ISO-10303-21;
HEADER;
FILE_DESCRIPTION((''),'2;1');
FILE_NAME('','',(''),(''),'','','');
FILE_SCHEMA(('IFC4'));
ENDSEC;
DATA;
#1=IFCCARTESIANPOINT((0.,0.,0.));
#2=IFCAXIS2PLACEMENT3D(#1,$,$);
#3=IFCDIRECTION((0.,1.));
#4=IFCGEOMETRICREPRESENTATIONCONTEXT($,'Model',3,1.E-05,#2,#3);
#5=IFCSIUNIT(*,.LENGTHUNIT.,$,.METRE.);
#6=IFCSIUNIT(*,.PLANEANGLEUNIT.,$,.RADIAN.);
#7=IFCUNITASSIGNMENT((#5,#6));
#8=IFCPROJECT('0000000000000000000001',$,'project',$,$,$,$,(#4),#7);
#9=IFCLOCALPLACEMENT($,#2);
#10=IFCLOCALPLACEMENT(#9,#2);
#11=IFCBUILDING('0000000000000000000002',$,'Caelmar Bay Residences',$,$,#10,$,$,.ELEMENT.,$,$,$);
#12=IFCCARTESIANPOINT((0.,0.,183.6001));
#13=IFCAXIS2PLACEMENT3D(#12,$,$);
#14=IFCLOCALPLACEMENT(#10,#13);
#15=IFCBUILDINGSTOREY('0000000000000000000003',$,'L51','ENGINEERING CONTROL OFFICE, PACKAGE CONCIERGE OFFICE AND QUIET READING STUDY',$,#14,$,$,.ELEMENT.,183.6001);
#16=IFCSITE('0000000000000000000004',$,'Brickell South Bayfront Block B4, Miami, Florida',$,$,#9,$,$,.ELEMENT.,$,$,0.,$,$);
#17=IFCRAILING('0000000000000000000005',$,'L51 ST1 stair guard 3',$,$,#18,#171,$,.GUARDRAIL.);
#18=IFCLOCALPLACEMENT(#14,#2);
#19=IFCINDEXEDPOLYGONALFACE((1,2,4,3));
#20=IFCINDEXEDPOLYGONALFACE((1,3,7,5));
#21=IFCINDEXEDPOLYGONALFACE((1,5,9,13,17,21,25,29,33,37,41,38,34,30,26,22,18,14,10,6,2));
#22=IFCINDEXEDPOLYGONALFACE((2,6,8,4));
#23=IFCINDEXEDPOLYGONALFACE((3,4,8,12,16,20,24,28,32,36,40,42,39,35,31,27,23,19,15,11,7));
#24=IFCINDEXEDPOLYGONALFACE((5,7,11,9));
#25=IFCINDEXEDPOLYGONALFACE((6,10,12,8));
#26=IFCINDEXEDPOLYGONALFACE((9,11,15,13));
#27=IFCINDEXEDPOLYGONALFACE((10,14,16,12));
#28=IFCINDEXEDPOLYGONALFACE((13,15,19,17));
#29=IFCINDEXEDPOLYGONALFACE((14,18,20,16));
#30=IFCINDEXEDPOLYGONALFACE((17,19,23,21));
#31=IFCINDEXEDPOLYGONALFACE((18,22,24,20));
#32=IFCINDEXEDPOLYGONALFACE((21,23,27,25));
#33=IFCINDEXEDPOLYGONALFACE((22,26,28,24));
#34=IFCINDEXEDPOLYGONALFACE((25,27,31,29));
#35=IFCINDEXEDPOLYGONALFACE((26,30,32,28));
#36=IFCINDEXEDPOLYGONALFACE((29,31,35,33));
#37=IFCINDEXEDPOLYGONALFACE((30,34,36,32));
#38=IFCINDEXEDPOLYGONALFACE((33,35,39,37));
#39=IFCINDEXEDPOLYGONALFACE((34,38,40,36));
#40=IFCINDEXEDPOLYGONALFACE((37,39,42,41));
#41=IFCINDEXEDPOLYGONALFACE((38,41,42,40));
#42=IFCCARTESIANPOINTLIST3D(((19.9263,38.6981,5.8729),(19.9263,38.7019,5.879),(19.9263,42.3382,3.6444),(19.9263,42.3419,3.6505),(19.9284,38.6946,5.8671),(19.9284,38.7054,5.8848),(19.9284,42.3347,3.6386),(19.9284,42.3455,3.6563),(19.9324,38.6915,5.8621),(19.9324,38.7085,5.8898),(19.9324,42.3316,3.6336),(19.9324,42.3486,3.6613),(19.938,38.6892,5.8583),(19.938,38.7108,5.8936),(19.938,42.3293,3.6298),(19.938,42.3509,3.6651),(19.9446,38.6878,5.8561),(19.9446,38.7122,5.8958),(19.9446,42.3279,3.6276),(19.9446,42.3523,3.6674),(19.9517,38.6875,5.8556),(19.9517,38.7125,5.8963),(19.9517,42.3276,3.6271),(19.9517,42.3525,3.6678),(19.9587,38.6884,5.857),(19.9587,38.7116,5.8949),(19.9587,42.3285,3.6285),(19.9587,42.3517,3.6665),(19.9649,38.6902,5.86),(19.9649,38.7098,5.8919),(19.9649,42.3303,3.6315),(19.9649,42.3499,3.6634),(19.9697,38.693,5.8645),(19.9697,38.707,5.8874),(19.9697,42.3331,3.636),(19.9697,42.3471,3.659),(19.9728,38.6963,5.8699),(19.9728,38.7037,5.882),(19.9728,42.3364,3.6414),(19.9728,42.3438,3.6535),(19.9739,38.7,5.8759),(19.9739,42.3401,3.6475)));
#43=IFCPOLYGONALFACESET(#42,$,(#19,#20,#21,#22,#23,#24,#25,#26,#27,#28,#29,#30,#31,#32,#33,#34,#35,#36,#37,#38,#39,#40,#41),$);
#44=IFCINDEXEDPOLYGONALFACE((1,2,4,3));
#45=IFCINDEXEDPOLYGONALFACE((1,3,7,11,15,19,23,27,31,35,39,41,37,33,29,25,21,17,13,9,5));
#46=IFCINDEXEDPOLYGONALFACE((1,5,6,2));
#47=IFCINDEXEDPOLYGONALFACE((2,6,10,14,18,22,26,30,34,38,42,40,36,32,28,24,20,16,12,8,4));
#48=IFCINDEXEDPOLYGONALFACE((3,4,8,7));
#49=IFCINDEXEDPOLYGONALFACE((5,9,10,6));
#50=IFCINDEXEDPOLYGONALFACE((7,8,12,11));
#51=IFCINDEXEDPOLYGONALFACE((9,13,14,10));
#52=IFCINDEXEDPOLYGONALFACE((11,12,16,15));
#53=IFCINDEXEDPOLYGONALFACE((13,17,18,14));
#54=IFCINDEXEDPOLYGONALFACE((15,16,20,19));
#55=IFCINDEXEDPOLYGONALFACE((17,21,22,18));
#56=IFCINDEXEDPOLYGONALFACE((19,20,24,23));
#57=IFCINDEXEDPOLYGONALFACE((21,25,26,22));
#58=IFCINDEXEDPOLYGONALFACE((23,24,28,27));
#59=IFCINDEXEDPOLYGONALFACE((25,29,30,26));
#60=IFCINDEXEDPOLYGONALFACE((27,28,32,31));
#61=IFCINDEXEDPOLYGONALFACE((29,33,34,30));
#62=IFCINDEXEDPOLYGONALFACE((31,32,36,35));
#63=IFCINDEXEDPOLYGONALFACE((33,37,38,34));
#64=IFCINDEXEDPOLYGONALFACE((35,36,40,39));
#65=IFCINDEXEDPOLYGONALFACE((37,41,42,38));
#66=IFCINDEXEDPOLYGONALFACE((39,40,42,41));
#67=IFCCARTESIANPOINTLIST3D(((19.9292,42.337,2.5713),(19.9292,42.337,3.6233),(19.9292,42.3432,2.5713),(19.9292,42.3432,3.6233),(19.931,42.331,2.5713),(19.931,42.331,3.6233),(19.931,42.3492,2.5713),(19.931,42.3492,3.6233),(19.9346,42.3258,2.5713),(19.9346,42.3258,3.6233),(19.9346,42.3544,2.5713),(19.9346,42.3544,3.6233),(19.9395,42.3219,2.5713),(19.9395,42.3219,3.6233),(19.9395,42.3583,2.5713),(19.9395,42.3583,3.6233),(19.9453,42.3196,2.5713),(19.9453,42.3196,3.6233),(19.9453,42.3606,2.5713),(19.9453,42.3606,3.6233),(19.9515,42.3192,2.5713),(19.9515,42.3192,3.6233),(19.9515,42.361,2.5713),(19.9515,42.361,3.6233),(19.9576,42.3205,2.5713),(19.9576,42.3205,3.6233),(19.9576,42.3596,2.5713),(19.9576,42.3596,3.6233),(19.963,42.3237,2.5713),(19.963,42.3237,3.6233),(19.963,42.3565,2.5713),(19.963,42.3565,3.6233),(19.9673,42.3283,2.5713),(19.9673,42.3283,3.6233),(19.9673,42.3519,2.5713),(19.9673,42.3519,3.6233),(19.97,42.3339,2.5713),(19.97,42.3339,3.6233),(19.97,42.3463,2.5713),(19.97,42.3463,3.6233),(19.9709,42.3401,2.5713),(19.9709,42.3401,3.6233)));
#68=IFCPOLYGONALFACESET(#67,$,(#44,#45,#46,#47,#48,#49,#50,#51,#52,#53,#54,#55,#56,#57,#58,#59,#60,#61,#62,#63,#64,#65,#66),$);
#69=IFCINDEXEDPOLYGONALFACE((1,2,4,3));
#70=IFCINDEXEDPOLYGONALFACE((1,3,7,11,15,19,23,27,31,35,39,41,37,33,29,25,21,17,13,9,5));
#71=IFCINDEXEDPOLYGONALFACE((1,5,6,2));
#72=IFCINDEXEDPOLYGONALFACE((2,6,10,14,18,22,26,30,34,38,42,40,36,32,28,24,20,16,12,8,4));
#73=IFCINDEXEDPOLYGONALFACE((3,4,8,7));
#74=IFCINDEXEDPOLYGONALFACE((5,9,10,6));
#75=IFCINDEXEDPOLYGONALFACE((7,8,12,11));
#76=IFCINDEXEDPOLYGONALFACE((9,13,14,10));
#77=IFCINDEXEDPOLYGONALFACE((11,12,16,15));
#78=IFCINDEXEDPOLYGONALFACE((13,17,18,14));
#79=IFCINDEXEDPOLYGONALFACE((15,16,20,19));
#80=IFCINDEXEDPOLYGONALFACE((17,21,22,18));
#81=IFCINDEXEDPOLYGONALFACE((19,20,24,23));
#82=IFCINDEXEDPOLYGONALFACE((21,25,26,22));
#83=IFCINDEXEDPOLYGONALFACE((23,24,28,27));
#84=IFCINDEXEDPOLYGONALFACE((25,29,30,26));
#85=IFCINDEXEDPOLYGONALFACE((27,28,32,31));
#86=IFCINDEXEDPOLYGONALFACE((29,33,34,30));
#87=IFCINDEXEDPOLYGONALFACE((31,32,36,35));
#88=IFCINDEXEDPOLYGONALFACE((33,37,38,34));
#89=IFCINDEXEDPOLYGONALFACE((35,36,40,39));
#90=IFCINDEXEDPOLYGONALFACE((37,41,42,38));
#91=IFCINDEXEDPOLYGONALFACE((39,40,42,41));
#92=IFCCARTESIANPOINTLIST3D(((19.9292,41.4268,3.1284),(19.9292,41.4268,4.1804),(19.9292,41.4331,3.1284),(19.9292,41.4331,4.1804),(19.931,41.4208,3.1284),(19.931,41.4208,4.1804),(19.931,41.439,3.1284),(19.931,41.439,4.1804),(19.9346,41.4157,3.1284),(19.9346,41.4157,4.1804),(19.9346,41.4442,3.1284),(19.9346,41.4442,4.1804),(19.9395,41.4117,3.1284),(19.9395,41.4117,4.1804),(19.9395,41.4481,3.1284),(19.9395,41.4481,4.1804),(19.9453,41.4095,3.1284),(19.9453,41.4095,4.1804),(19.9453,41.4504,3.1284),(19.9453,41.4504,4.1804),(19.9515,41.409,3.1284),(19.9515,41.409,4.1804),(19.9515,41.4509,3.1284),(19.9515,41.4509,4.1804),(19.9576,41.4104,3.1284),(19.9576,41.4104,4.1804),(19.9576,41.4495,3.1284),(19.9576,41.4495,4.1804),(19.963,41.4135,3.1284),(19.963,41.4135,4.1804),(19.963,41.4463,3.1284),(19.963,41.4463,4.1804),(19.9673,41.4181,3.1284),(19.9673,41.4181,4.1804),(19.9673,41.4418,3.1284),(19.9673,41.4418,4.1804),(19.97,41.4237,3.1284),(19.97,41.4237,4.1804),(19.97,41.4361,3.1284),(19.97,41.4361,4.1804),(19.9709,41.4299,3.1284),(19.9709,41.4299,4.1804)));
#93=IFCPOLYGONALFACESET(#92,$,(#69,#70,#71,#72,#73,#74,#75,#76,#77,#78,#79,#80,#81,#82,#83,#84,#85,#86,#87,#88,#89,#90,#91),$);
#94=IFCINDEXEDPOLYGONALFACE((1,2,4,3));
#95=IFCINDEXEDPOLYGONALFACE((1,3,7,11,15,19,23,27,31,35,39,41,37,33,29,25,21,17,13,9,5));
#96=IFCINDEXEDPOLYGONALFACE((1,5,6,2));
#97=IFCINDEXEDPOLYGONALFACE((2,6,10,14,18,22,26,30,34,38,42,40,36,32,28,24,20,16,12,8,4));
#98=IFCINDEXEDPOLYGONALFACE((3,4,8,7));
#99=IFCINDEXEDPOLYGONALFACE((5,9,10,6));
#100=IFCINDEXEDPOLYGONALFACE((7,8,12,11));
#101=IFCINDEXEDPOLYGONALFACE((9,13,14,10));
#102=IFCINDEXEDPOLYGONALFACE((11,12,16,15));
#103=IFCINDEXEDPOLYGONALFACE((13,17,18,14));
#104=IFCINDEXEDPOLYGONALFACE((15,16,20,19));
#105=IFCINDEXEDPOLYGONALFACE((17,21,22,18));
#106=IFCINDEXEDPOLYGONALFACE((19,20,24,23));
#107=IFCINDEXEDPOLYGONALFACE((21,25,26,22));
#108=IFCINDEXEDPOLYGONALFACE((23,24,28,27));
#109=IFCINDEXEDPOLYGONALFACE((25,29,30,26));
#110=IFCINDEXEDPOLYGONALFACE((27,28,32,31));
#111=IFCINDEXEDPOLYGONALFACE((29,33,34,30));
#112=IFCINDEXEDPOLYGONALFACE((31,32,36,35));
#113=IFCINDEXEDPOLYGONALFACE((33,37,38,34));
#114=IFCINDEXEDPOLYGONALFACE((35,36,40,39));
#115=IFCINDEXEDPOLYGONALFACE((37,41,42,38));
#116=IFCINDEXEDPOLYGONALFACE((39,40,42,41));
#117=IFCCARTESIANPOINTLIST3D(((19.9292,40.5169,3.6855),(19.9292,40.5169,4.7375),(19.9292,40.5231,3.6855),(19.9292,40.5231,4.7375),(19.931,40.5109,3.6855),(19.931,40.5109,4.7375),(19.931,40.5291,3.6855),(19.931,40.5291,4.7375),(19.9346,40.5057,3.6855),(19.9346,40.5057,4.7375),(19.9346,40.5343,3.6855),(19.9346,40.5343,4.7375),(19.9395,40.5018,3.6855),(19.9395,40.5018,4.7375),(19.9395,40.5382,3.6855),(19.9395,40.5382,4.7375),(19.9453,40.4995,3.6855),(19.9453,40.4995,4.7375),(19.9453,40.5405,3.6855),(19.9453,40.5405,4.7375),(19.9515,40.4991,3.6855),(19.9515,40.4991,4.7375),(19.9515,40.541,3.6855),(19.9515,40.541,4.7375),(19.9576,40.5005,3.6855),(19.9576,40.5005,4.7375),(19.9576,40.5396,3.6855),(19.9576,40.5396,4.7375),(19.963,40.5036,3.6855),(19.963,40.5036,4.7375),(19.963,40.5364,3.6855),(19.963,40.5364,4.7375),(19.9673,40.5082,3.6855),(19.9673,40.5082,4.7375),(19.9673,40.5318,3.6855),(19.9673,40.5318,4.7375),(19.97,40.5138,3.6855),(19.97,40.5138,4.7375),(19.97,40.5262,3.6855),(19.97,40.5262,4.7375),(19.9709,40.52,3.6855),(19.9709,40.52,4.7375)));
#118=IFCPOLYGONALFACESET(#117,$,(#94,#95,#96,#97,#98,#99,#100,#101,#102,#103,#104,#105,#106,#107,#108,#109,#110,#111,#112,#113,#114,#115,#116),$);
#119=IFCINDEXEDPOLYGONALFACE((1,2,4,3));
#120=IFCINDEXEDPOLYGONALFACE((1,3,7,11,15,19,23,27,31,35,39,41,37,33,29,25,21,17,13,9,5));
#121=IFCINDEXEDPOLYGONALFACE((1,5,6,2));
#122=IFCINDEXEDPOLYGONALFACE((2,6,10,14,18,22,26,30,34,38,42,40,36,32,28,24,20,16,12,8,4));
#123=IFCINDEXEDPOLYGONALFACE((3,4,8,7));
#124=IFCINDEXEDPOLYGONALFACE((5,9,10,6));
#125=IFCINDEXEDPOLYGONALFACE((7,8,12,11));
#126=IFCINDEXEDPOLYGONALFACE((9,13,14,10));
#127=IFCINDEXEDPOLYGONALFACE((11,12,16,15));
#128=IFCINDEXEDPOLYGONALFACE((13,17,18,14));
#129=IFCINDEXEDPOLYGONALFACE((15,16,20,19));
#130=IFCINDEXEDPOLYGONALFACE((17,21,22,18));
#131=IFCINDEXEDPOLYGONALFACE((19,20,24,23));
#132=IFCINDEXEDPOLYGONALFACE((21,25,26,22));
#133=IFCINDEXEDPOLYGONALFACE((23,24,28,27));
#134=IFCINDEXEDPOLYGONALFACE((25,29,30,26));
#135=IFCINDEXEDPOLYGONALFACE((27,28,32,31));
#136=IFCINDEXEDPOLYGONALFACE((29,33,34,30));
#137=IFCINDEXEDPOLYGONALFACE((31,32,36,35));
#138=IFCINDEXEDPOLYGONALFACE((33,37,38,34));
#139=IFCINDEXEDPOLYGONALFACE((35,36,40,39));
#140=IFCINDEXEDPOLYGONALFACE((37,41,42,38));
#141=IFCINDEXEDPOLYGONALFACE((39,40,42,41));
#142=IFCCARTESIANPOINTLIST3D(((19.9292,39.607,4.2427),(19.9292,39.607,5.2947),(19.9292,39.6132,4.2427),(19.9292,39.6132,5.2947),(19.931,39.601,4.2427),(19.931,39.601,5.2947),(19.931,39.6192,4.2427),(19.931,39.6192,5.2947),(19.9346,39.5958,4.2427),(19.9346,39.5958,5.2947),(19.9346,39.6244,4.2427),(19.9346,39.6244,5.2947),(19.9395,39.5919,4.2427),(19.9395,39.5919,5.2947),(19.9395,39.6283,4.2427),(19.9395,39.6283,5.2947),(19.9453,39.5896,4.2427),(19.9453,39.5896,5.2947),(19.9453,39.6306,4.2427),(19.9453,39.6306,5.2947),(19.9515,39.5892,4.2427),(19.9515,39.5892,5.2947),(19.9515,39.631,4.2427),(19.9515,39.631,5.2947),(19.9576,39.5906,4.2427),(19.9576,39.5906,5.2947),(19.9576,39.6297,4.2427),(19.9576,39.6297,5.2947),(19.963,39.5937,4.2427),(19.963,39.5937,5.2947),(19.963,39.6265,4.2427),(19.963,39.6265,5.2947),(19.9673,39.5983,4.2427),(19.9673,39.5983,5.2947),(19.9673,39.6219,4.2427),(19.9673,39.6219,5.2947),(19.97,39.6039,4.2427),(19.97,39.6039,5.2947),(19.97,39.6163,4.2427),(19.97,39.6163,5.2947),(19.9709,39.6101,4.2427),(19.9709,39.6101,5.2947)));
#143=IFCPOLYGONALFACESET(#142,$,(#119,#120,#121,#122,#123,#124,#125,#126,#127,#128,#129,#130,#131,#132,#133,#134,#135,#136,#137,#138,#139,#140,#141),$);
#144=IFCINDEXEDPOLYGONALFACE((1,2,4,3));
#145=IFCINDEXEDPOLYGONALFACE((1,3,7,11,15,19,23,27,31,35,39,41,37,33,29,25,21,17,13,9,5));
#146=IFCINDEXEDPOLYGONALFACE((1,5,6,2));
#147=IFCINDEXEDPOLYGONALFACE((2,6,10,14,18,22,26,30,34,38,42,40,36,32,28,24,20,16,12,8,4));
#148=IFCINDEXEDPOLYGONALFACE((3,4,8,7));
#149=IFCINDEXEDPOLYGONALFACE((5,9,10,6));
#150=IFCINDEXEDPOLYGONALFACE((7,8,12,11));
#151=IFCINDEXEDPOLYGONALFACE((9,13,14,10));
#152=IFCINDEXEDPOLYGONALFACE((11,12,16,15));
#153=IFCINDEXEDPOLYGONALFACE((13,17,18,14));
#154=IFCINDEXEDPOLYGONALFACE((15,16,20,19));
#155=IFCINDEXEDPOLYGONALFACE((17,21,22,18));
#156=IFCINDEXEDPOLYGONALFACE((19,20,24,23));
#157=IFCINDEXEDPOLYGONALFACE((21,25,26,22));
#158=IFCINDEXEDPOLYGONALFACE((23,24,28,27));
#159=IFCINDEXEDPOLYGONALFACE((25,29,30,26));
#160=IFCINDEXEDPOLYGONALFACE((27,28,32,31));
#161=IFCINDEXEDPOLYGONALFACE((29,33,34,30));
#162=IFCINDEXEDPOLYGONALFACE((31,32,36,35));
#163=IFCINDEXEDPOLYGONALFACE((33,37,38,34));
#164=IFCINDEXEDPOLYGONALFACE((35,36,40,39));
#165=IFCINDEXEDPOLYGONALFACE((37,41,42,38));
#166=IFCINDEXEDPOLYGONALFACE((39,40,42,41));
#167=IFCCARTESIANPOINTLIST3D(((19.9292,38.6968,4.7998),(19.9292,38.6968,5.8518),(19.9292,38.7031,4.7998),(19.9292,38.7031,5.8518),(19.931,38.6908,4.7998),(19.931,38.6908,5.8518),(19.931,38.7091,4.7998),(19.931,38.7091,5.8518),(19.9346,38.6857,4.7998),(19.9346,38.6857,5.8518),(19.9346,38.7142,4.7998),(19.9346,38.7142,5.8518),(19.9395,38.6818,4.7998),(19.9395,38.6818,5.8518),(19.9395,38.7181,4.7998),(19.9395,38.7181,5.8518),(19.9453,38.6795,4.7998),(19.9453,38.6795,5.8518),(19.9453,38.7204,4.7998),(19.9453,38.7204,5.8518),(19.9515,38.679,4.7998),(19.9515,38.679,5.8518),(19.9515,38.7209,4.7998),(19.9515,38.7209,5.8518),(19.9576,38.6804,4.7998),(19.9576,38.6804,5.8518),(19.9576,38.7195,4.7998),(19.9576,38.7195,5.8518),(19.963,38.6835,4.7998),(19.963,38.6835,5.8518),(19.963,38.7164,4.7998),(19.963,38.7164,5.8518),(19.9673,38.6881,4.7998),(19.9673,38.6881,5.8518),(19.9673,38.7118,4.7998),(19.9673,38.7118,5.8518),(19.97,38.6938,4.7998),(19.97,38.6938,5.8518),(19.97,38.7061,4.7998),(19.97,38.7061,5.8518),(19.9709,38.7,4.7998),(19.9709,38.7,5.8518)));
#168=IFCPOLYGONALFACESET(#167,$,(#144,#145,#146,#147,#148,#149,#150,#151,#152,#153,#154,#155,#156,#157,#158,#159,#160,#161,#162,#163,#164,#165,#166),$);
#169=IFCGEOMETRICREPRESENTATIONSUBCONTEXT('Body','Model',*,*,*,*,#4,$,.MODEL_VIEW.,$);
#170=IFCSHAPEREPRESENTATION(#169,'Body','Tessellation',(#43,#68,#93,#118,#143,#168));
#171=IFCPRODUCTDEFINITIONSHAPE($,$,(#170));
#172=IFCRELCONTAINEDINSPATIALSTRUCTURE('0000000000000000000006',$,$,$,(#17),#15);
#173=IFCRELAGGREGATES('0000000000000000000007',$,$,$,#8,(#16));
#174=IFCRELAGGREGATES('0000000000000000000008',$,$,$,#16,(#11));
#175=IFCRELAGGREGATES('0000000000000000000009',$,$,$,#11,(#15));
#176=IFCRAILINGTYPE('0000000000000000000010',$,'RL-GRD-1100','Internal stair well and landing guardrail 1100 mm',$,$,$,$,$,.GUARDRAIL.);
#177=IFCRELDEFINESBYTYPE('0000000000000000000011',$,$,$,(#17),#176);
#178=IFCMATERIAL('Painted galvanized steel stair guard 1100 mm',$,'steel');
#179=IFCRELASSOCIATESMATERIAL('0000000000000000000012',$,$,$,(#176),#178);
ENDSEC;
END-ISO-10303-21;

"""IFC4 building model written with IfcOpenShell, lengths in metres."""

from ifc_helpers import new_model, si_unit, direction, frame, origin, origin_2d, place, context, subcontext, project, spatial, circle, extrude, material, type_object, element, save


model = new_model("IFC4")

# Units and contexts
model_context = context("Model", 3, precision=1e-05, world=origin(), true_north=direction((0.0, 1.0)))
body_context = subcontext(model_context, "Body", "Model", "MODEL_VIEW")
ifc_project = project(units=[si_unit("LENGTHUNIT", "METRE"), si_unit("PLANEANGLEUNIT", "RADIAN")], contexts=[model_context])

# Site, building, storey
site_placement = place(None, origin())
site = spatial("IfcSite", under=ifc_project, at=site_placement, Name="Brickell South Bayfront Block B4, Miami, Florida", CompositionType="ELEMENT", RefElevation=0.0)
building_placement = place(site_placement, origin())
building = spatial("IfcBuilding", under=site, at=building_placement, Name="Caelmar Bay Residences", CompositionType="ELEMENT")
storey_placement = place(building_placement, frame((0.0, 0.0, 183.6001)))
storey = spatial("IfcBuildingStorey", under=building, at=storey_placement, Name="L51", Description="ENGINEERING CONTROL OFFICE, PACKAGE CONCIERGE OFFICE AND QUIET READING STUDY", CompositionType="ELEMENT", Elevation=183.6001)

# Railing
ifc_material_1 = material(Name="Painted galvanized steel stair guard 1100 mm", Category="steel")
railing_type_1 = type_object("IfcRailingType", Name="RL-GRD-1100", Description="Internal stair well and landing guardrail 1100 mm", PredefinedType="GUARDRAIL", material=ifc_material_1)
railing_1_placement = place(storey_placement, frame((19.95, 42.3401, 2.5713)))
element("IfcRailing", 1, at=railing_1_placement, inside=storey, type_object=railing_type_1, Name="L51 ST1 stair guard 3", PredefinedType="GUARDRAIL", context=body_context, shape_type="SweptSolid", body=[
    extrude(circle(Radius=0.0239, at=origin_2d()), frame((0.0, 0.0, 1.0762), z_axis=(0.0, -0.852866, 0.52213), x_axis=(1.0, 0.0, 0.0)), (0.0, 0.0, 1.0), 4.2681),
    extrude(circle(Radius=0.021, at=origin_2d()), origin(), (0.0, 0.0, 1.0), 1.052),
    extrude(circle(Radius=0.021, at=origin_2d()), frame((0.0, -0.9102, 0.5571)), (0.0, 0.0, 1.0), 1.052),
    extrude(circle(Radius=0.021, at=origin_2d()), frame((0.0, -1.8201, 1.1143)), (0.0, 0.0, 1.0), 1.052),
    extrude(circle(Radius=0.021, at=origin_2d()), frame((0.0, -2.73, 1.6714)), (0.0, 0.0, 1.0), 1.052),
    extrude(circle(Radius=0.021, at=origin_2d()), frame((0.0, -3.6401, 2.2285)), (0.0, 0.0, 1.0), 1.052),
])

save(model, "model.ifc")
